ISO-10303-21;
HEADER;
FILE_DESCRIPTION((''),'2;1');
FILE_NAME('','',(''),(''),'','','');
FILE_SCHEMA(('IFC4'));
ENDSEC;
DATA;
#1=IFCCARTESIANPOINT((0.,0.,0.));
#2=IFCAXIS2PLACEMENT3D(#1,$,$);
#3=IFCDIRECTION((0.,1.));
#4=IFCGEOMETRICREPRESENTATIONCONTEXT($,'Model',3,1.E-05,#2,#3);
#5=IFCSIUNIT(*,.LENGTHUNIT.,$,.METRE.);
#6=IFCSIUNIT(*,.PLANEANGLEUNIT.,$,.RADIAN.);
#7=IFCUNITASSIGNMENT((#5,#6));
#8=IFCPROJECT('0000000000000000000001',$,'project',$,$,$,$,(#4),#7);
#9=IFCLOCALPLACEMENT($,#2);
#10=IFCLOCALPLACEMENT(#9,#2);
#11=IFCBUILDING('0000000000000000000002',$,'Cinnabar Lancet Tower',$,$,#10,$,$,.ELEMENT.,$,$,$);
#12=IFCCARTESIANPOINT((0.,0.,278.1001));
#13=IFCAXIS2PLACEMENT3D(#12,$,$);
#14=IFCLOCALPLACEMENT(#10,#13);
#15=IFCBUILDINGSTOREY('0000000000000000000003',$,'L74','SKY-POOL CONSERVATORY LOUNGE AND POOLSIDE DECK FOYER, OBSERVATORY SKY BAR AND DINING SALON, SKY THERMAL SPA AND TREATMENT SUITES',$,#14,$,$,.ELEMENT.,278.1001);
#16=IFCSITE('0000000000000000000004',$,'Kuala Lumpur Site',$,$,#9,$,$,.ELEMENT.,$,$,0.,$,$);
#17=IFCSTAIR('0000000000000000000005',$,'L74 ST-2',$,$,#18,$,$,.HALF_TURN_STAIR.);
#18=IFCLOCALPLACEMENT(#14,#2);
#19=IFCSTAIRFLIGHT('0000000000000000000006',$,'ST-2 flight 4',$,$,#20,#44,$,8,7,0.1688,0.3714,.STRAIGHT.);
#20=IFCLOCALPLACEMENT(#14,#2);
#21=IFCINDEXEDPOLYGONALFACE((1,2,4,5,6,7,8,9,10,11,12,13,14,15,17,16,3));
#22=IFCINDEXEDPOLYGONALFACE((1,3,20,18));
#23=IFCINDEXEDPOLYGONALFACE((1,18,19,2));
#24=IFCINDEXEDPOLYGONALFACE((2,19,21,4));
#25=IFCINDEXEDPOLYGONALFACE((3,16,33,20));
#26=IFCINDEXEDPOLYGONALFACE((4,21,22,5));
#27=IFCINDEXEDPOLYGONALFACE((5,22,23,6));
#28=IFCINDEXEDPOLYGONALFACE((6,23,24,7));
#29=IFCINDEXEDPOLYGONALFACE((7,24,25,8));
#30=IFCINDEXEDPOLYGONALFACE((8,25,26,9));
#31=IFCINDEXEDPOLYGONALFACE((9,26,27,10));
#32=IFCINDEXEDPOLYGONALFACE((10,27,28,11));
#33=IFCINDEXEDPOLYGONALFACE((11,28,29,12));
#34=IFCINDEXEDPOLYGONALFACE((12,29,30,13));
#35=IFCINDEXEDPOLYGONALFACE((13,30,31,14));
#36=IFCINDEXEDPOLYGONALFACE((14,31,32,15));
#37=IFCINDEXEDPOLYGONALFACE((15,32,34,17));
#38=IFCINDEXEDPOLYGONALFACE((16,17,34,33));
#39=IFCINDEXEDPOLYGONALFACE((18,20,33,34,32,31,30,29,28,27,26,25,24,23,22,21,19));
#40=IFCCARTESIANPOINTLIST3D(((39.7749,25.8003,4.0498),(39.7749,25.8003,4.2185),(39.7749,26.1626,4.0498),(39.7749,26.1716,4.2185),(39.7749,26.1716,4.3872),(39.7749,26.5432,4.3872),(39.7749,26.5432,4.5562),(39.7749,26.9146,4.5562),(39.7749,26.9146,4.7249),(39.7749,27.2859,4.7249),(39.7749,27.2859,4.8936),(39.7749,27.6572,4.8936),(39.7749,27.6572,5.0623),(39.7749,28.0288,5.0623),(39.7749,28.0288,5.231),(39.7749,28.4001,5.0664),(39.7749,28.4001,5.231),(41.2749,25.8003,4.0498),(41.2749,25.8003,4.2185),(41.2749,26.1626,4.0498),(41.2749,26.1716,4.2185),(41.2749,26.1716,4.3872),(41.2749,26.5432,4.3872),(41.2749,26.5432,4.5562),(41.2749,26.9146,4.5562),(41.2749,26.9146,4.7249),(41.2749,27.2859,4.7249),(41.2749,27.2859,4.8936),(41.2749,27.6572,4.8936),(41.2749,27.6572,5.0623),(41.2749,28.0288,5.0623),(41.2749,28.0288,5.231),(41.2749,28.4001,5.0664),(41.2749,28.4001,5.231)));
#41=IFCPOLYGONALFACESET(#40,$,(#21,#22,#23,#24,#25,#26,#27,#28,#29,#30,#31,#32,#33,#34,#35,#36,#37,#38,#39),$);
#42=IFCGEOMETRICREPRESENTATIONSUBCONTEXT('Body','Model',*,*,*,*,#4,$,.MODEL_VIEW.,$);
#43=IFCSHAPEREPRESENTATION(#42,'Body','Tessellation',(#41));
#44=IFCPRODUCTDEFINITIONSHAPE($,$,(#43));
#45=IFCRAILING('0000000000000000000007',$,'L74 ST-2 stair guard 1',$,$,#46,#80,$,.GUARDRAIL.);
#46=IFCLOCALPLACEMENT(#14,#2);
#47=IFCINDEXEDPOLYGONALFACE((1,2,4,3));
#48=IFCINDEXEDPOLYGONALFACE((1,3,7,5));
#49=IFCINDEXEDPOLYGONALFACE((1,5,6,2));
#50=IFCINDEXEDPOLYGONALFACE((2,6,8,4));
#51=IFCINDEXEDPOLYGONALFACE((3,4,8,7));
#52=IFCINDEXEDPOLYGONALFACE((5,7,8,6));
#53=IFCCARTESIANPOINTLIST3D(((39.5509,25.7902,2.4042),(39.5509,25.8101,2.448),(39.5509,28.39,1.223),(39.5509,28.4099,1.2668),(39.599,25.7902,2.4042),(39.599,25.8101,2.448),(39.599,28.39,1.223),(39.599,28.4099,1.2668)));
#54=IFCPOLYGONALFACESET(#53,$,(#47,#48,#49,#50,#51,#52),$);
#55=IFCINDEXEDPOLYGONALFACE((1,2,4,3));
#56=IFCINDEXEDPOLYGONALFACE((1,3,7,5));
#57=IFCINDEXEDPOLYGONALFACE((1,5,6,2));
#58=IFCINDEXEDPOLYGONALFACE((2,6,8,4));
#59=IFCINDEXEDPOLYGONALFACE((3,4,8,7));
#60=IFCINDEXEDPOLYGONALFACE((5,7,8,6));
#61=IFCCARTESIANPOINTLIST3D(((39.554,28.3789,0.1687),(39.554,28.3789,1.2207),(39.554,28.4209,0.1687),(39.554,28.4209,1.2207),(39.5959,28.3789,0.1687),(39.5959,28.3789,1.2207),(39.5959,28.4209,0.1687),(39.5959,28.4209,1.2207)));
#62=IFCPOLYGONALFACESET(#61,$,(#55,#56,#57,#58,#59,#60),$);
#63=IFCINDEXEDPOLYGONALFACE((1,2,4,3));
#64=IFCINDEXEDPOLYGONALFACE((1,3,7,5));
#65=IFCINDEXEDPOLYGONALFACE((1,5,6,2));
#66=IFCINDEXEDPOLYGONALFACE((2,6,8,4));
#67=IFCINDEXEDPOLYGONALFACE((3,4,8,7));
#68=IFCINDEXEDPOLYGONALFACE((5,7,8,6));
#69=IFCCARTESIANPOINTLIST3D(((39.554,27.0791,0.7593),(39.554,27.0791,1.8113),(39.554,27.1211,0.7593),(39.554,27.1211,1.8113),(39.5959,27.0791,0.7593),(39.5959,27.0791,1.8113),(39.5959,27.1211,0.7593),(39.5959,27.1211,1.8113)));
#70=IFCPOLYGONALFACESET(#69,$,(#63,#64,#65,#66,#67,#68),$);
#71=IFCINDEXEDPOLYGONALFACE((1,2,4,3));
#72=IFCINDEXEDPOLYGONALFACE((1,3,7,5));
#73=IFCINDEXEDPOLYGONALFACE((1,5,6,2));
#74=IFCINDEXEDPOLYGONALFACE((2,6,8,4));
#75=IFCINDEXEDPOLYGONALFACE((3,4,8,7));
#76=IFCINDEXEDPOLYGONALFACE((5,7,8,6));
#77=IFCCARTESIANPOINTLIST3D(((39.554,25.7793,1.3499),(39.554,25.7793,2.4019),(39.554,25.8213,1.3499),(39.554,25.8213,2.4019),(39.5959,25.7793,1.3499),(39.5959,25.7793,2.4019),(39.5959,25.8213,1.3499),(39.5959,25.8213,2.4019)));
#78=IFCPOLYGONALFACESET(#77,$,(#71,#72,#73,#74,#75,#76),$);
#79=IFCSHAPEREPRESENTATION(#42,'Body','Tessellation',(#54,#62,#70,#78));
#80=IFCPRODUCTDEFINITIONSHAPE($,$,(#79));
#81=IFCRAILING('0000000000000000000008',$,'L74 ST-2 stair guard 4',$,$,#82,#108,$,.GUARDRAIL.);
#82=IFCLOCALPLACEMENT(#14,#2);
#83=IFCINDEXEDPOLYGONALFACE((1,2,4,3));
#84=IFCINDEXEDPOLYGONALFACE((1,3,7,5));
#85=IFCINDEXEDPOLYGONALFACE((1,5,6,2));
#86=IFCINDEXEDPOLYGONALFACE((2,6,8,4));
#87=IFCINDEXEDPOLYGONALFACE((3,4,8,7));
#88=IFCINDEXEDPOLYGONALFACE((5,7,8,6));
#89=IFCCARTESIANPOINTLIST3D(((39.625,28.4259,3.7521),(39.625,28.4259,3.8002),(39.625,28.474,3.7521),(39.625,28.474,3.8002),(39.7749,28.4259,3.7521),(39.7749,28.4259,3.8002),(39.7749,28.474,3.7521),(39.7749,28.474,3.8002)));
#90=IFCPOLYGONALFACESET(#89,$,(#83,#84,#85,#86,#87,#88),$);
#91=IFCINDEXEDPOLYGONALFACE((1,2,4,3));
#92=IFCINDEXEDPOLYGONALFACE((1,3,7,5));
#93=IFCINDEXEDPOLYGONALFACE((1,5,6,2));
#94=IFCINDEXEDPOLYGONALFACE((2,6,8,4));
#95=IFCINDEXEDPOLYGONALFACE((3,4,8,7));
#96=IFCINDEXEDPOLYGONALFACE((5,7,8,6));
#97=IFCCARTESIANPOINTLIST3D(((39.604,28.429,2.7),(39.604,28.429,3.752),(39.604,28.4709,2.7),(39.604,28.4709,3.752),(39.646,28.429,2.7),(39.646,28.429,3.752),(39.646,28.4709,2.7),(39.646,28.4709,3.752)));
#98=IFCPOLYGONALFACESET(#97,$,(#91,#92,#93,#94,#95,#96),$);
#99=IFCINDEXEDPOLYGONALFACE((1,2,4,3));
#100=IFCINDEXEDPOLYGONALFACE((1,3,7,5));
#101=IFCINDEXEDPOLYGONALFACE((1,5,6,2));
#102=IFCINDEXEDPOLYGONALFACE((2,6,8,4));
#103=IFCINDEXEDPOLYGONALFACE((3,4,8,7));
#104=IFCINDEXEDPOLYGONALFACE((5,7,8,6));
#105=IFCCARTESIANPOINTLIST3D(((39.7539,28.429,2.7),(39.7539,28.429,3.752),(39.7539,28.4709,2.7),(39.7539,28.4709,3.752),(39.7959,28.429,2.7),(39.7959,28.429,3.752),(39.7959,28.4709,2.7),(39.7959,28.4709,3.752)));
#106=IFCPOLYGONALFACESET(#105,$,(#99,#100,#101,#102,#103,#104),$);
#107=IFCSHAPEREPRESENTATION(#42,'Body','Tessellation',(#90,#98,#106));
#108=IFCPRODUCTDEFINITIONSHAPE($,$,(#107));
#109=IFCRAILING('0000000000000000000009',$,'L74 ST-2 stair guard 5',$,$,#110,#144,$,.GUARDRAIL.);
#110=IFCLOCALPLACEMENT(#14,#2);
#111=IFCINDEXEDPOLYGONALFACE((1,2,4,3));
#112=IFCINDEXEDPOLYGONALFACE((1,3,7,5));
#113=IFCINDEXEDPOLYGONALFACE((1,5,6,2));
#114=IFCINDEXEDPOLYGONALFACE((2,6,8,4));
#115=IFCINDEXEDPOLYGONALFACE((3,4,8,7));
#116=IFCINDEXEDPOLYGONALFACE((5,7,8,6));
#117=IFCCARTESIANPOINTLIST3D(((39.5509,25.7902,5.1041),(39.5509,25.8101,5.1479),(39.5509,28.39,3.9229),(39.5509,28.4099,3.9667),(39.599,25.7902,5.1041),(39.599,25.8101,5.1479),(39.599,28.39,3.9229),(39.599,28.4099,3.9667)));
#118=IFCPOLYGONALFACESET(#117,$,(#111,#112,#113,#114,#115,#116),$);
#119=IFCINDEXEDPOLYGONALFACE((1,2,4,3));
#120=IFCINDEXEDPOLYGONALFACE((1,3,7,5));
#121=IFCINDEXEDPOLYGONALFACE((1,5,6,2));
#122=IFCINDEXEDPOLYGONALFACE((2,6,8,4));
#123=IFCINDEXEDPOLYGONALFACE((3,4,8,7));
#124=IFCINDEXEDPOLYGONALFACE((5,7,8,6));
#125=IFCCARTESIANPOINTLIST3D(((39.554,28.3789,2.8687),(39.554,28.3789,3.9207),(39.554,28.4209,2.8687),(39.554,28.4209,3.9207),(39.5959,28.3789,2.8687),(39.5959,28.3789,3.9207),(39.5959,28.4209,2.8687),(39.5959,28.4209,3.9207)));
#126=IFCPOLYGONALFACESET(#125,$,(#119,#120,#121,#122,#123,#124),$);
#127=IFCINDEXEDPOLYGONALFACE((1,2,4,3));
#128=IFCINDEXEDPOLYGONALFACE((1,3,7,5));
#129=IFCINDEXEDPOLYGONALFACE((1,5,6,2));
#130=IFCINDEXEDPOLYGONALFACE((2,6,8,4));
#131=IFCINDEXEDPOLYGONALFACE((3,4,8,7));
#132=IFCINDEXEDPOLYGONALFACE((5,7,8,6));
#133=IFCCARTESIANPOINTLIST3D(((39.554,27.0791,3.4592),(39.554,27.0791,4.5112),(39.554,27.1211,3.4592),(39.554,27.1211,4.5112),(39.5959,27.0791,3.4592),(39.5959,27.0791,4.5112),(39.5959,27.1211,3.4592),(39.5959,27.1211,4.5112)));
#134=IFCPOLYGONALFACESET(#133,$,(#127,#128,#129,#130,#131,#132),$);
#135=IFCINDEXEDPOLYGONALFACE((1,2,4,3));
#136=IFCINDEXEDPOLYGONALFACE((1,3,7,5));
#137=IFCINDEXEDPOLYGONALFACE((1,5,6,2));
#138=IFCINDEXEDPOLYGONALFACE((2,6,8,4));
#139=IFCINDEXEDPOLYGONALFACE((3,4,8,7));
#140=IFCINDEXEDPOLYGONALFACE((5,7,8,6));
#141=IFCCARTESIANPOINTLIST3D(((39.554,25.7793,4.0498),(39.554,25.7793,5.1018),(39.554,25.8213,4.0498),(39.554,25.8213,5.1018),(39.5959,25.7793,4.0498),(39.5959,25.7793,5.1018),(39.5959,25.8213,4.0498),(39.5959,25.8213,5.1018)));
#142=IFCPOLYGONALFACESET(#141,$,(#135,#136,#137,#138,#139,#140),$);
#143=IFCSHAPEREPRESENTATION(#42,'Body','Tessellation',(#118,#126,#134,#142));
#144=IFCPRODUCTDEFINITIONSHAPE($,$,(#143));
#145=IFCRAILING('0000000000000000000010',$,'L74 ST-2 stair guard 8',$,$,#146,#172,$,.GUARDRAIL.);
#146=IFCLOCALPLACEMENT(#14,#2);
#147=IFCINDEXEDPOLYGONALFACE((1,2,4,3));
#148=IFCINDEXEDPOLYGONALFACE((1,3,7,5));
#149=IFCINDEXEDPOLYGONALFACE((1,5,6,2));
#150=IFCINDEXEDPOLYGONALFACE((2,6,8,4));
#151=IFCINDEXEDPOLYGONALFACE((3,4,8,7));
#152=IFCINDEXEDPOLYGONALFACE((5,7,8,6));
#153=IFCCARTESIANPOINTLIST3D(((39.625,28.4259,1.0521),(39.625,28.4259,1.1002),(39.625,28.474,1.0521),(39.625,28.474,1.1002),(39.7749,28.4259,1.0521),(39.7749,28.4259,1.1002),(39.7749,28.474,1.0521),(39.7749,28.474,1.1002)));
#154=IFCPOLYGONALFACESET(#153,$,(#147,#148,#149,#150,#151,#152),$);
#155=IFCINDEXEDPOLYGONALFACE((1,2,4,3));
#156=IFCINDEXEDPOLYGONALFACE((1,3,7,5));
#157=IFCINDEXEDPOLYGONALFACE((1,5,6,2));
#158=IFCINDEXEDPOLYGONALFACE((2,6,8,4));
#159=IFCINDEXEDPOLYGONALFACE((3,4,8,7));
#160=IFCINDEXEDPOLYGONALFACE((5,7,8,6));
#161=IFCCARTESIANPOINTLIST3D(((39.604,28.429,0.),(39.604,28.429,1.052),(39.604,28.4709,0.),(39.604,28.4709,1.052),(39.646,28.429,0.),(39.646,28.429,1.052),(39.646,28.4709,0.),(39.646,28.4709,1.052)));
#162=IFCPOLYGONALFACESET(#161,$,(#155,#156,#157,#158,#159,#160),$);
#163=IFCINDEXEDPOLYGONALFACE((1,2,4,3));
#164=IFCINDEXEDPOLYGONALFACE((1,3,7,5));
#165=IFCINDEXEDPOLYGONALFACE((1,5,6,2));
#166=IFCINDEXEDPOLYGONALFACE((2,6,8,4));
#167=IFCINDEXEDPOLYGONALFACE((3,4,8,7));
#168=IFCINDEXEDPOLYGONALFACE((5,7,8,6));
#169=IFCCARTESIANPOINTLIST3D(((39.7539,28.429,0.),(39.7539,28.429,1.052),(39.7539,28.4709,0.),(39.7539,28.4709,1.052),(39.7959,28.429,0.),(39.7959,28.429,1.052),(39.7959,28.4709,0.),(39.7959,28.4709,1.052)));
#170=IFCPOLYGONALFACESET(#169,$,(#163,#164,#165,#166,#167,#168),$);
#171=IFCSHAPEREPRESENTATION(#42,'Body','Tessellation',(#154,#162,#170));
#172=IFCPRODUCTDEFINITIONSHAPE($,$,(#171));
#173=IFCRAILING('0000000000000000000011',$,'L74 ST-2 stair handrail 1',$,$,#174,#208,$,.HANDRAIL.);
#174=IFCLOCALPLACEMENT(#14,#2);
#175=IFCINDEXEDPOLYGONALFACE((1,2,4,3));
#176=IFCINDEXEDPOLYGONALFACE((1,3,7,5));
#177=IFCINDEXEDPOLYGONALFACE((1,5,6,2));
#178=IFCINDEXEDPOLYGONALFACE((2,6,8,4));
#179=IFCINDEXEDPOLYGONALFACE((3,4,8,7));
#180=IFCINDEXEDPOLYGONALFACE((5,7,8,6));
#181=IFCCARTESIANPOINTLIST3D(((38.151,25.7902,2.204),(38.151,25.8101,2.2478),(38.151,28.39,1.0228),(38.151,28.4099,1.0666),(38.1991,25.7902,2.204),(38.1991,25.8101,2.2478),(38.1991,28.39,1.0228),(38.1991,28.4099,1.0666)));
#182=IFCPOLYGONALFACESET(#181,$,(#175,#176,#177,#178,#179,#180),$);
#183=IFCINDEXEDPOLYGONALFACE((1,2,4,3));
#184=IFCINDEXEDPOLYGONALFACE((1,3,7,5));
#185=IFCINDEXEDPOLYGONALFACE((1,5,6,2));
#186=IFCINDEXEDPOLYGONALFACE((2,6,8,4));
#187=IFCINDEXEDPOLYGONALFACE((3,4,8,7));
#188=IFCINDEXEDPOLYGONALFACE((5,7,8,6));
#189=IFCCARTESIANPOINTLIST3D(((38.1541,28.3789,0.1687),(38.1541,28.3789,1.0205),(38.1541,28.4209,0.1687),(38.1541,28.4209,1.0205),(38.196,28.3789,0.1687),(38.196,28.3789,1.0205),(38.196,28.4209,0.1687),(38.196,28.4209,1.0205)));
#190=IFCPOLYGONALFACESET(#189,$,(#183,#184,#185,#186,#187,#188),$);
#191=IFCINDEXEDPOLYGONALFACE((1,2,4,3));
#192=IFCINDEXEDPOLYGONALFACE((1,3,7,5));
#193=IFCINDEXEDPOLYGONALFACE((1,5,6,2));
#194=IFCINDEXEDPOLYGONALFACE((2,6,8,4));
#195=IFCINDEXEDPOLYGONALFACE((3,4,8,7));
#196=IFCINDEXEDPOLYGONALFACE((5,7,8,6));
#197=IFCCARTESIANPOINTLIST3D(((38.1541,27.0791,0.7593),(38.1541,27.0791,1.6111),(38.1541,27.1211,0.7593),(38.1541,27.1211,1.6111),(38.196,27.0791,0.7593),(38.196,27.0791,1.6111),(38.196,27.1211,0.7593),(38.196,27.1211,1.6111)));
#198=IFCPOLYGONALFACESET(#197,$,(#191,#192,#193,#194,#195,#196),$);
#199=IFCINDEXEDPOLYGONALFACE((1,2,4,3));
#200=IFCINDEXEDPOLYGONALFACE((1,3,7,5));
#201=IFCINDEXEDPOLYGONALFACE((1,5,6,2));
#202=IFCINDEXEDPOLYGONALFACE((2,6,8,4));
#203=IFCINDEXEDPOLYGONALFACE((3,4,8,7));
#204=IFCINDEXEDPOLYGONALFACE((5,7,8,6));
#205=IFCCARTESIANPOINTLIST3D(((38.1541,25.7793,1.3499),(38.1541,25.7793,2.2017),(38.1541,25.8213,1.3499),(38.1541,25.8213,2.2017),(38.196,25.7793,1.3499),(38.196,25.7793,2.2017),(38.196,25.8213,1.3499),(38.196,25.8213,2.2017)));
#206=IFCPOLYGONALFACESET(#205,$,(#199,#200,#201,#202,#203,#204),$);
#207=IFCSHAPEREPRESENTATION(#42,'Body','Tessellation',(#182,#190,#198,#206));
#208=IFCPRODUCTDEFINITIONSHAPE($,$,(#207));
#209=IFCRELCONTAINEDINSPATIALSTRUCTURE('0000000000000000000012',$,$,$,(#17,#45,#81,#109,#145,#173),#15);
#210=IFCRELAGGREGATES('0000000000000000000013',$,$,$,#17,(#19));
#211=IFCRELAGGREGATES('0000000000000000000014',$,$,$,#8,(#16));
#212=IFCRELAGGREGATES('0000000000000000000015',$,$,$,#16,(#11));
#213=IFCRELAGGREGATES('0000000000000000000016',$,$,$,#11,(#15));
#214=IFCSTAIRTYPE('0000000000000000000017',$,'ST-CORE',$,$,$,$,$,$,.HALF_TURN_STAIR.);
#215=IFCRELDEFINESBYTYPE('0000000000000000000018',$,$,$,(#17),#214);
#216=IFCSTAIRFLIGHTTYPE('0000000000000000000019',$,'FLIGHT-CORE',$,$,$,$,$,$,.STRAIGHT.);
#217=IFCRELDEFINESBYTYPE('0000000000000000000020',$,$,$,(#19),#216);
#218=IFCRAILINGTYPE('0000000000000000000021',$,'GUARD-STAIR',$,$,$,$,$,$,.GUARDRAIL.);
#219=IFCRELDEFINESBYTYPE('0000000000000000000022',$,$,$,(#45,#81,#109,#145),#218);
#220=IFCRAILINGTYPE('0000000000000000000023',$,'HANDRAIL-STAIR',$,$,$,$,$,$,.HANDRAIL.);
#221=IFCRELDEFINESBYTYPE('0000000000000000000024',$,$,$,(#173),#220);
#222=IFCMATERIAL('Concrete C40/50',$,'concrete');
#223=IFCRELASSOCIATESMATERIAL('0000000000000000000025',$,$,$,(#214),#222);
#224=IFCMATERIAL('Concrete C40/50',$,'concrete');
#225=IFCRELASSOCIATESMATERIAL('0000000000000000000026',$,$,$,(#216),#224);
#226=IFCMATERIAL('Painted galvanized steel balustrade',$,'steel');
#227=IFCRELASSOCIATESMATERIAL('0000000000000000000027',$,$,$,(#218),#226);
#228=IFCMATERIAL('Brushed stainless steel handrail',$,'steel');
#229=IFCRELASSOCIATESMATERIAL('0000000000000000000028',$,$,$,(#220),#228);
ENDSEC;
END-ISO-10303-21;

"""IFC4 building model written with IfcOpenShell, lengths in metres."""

from ifc_helpers import new_model, si_unit, direction, frame, origin, origin_2d, place, context, subcontext, project, spatial, polyline, rectangle, outline, extrude, material, type_object, element, aggregate, save


model = new_model("IFC4")

# Units and contexts
model_context = context("Model", 3, precision=1e-05, world=origin(), true_north=direction((0.0, 1.0)))
body_context = subcontext(model_context, "Body", "Model", "MODEL_VIEW")
ifc_project = project(units=[si_unit("LENGTHUNIT", "METRE"), si_unit("PLANEANGLEUNIT", "RADIAN")], contexts=[model_context])

# Site, building, storey
site_placement = place(None, origin())
site = spatial("IfcSite", under=ifc_project, at=site_placement, Name="Kuala Lumpur Site", CompositionType="ELEMENT", RefElevation=0.0)
building_placement = place(site_placement, origin())
building = spatial("IfcBuilding", under=site, at=building_placement, Name="Cinnabar Lancet Tower", CompositionType="ELEMENT")
storey_placement = place(building_placement, frame((0.0, 0.0, 278.1001)))
storey = spatial("IfcBuildingStorey", under=building, at=storey_placement, Name="L74", Description="SKY-POOL CONSERVATORY LOUNGE AND POOLSIDE DECK FOYER, OBSERVATORY SKY BAR AND DINING SALON, SKY THERMAL SPA AND TREATMENT SUITES", CompositionType="ELEMENT", Elevation=278.1001)

# Stair, stair flight
ifc_material_1 = material(Name="Concrete C40/50", Category="concrete")
stair_type = type_object("IfcStairType", Name="ST-CORE", PredefinedType="HALF_TURN_STAIR", material=ifc_material_1)
stair_placement = place(storey_placement, origin())
stair = element("IfcStair", 1, at=stair_placement, inside=storey, type_object=stair_type, Name="L74 ST-2", PredefinedType="HALF_TURN_STAIR")
ifc_material_2 = material(Name="Concrete C40/50", Category="concrete")
stair_flight_type = type_object("IfcStairFlightType", Name="FLIGHT-CORE", PredefinedType="STRAIGHT", material=ifc_material_2)
stair_flight_1_placement = place(storey_placement, frame((40.5249, 25.8003, 4.0498), z_axis=(0.0, 0.0, 1.0), x_axis=(0.0, 1.0, 0.0)))
stair_flight_1 = element("IfcStairFlight", 2, at=stair_flight_1_placement, type_object=stair_flight_type, Name="ST-2 flight 4", NumberOfRisers=8, NumberOfTreads=7, PredefinedType="STRAIGHT", RiserHeight=0.1688, TreadLength=0.3714, context=body_context, shape_type="SweptSolid", body=[
    extrude(outline(polyline([(0.0, 0.0), (0.0, 0.1687), (0.3713, 0.1687), (0.3713, 0.3374), (0.7429, 0.3374), (0.7429, 0.5063), (1.1143, 0.5063), (1.1143, 0.675), (1.4856, 0.675), (1.4856, 0.8438), (1.8569, 0.8438), (1.8569, 1.0125), (2.2285, 1.0125), (2.2285, 1.1812), (2.5999, 1.1812), (2.5999, 1.3501), (2.5999, 1.0166), (0.3623, 0.0), (0.0, 0.0)])), frame((0.0, 0.75, 0.0), z_axis=(0.0, -1.0, 0.0), x_axis=(1.0, 0.0, 0.0)), (0.0, 0.0, 1.0), 1.5),
])
aggregate(stair, [stair_flight_1])

# Railings
ifc_material_3 = material(Name="Painted galvanized steel balustrade", Category="steel")
railing_type_1 = type_object("IfcRailingType", Name="GUARD-STAIR", PredefinedType="GUARDRAIL", material=ifc_material_3)
railing_1_placement = place(storey_placement, frame((39.575, 28.3999, 0.1687)))
element("IfcRailing", 3, at=railing_1_placement, inside=storey, type_object=railing_type_1, Name="L74 ST-2 stair guard 1", PredefinedType="GUARDRAIL", context=body_context, shape_type="SweptSolid", body=[
    extrude(rectangle(XDim=0.0481, YDim=0.0481, at=origin_2d()), frame((0.0, 0.0, 1.0762), z_axis=(0.0, -0.910431, 0.413661), x_axis=(1.0, 0.0, 0.0)), (0.0, 0.0, 1.0), 2.8555),
    extrude(rectangle(XDim=0.042, YDim=0.042, at=origin_2d()), origin(), (0.0, 0.0, 1.0), 1.052),
    extrude(rectangle(XDim=0.042, YDim=0.042, at=origin_2d()), frame((0.0, -1.2998, 0.5906)), (0.0, 0.0, 1.0), 1.052),
    extrude(rectangle(XDim=0.042, YDim=0.042, at=origin_2d()), frame((0.0, -2.5996, 1.1812)), (0.0, 0.0, 1.0), 1.052),
])
railing_2_placement = place(storey_placement, frame((39.625, 28.45, 2.7)))
element("IfcRailing", 4, at=railing_2_placement, inside=storey, type_object=railing_type_1, Name="L74 ST-2 stair guard 4", PredefinedType="GUARDRAIL", context=body_context, shape_type="SweptSolid", body=[
    extrude(rectangle(XDim=0.0481, YDim=0.0481, at=origin_2d()), frame((0.0, 0.0, 1.0762), z_axis=(1.0, 0.0, 0.0), x_axis=(0.0, 1.0, 0.0)), (0.0, 0.0, 1.0), 0.1499),
    extrude(rectangle(XDim=0.042, YDim=0.042, at=origin_2d()), origin(), (0.0, 0.0, 1.0), 1.052),
    extrude(rectangle(XDim=0.042, YDim=0.042, at=origin_2d()), frame((0.1499, 0.0, 0.0)), (0.0, 0.0, 1.0), 1.052),
])
railing_3_placement = place(storey_placement, frame((39.575, 28.3999, 2.8687)))
element("IfcRailing", 5, at=railing_3_placement, inside=storey, type_object=railing_type_1, Name="L74 ST-2 stair guard 5", PredefinedType="GUARDRAIL", context=body_context, shape_type="SweptSolid", body=[
    extrude(rectangle(XDim=0.0481, YDim=0.0481, at=origin_2d()), frame((0.0, 0.0, 1.0762), z_axis=(0.0, -0.910431, 0.413661), x_axis=(1.0, 0.0, 0.0)), (0.0, 0.0, 1.0), 2.8555),
    extrude(rectangle(XDim=0.042, YDim=0.042, at=origin_2d()), origin(), (0.0, 0.0, 1.0), 1.052),
    extrude(rectangle(XDim=0.042, YDim=0.042, at=origin_2d()), frame((0.0, -1.2998, 0.5906)), (0.0, 0.0, 1.0), 1.052),
    extrude(rectangle(XDim=0.042, YDim=0.042, at=origin_2d()), frame((0.0, -2.5996, 1.1812)), (0.0, 0.0, 1.0), 1.052),
])
railing_4_placement = place(storey_placement, frame((39.625, 28.45, 0.0)))
element("IfcRailing", 6, at=railing_4_placement, inside=storey, type_object=railing_type_1, Name="L74 ST-2 stair guard 8", PredefinedType="GUARDRAIL", context=body_context, shape_type="SweptSolid", body=[
    extrude(rectangle(XDim=0.0481, YDim=0.0481, at=origin_2d()), frame((0.0, 0.0, 1.0762), z_axis=(1.0, 0.0, 0.0), x_axis=(0.0, 1.0, 0.0)), (0.0, 0.0, 1.0), 0.1499),
    extrude(rectangle(XDim=0.042, YDim=0.042, at=origin_2d()), origin(), (0.0, 0.0, 1.0), 1.052),
    extrude(rectangle(XDim=0.042, YDim=0.042, at=origin_2d()), frame((0.1499, 0.0, 0.0)), (0.0, 0.0, 1.0), 1.052),
])
ifc_material_4 = material(Name="Brushed stainless steel handrail", Category="steel")
railing_type_2 = type_object("IfcRailingType", Name="HANDRAIL-STAIR", PredefinedType="HANDRAIL", material=ifc_material_4)
railing_5_placement = place(storey_placement, frame((38.175, 28.3999, 0.1687)))
element("IfcRailing", 7, at=railing_5_placement, inside=storey, type_object=railing_type_2, Name="L74 ST-2 stair handrail 1", PredefinedType="HANDRAIL", context=body_context, shape_type="SweptSolid", body=[
    extrude(rectangle(XDim=0.0481, YDim=0.0481, at=origin_2d()), frame((0.0, 0.0, 0.876), z_axis=(0.0, -0.910431, 0.413661), x_axis=(1.0, 0.0, 0.0)), (0.0, 0.0, 1.0), 2.8555),
    extrude(rectangle(XDim=0.042, YDim=0.042, at=origin_2d()), origin(), (0.0, 0.0, 1.0), 0.8518),
    extrude(rectangle(XDim=0.042, YDim=0.042, at=origin_2d()), frame((0.0, -1.2998, 0.5906)), (0.0, 0.0, 1.0), 0.8518),
    extrude(rectangle(XDim=0.042, YDim=0.042, at=origin_2d()), frame((0.0, -2.5996, 1.1812)), (0.0, 0.0, 1.0), 0.8518),
])

save(model, "model.ifc")
